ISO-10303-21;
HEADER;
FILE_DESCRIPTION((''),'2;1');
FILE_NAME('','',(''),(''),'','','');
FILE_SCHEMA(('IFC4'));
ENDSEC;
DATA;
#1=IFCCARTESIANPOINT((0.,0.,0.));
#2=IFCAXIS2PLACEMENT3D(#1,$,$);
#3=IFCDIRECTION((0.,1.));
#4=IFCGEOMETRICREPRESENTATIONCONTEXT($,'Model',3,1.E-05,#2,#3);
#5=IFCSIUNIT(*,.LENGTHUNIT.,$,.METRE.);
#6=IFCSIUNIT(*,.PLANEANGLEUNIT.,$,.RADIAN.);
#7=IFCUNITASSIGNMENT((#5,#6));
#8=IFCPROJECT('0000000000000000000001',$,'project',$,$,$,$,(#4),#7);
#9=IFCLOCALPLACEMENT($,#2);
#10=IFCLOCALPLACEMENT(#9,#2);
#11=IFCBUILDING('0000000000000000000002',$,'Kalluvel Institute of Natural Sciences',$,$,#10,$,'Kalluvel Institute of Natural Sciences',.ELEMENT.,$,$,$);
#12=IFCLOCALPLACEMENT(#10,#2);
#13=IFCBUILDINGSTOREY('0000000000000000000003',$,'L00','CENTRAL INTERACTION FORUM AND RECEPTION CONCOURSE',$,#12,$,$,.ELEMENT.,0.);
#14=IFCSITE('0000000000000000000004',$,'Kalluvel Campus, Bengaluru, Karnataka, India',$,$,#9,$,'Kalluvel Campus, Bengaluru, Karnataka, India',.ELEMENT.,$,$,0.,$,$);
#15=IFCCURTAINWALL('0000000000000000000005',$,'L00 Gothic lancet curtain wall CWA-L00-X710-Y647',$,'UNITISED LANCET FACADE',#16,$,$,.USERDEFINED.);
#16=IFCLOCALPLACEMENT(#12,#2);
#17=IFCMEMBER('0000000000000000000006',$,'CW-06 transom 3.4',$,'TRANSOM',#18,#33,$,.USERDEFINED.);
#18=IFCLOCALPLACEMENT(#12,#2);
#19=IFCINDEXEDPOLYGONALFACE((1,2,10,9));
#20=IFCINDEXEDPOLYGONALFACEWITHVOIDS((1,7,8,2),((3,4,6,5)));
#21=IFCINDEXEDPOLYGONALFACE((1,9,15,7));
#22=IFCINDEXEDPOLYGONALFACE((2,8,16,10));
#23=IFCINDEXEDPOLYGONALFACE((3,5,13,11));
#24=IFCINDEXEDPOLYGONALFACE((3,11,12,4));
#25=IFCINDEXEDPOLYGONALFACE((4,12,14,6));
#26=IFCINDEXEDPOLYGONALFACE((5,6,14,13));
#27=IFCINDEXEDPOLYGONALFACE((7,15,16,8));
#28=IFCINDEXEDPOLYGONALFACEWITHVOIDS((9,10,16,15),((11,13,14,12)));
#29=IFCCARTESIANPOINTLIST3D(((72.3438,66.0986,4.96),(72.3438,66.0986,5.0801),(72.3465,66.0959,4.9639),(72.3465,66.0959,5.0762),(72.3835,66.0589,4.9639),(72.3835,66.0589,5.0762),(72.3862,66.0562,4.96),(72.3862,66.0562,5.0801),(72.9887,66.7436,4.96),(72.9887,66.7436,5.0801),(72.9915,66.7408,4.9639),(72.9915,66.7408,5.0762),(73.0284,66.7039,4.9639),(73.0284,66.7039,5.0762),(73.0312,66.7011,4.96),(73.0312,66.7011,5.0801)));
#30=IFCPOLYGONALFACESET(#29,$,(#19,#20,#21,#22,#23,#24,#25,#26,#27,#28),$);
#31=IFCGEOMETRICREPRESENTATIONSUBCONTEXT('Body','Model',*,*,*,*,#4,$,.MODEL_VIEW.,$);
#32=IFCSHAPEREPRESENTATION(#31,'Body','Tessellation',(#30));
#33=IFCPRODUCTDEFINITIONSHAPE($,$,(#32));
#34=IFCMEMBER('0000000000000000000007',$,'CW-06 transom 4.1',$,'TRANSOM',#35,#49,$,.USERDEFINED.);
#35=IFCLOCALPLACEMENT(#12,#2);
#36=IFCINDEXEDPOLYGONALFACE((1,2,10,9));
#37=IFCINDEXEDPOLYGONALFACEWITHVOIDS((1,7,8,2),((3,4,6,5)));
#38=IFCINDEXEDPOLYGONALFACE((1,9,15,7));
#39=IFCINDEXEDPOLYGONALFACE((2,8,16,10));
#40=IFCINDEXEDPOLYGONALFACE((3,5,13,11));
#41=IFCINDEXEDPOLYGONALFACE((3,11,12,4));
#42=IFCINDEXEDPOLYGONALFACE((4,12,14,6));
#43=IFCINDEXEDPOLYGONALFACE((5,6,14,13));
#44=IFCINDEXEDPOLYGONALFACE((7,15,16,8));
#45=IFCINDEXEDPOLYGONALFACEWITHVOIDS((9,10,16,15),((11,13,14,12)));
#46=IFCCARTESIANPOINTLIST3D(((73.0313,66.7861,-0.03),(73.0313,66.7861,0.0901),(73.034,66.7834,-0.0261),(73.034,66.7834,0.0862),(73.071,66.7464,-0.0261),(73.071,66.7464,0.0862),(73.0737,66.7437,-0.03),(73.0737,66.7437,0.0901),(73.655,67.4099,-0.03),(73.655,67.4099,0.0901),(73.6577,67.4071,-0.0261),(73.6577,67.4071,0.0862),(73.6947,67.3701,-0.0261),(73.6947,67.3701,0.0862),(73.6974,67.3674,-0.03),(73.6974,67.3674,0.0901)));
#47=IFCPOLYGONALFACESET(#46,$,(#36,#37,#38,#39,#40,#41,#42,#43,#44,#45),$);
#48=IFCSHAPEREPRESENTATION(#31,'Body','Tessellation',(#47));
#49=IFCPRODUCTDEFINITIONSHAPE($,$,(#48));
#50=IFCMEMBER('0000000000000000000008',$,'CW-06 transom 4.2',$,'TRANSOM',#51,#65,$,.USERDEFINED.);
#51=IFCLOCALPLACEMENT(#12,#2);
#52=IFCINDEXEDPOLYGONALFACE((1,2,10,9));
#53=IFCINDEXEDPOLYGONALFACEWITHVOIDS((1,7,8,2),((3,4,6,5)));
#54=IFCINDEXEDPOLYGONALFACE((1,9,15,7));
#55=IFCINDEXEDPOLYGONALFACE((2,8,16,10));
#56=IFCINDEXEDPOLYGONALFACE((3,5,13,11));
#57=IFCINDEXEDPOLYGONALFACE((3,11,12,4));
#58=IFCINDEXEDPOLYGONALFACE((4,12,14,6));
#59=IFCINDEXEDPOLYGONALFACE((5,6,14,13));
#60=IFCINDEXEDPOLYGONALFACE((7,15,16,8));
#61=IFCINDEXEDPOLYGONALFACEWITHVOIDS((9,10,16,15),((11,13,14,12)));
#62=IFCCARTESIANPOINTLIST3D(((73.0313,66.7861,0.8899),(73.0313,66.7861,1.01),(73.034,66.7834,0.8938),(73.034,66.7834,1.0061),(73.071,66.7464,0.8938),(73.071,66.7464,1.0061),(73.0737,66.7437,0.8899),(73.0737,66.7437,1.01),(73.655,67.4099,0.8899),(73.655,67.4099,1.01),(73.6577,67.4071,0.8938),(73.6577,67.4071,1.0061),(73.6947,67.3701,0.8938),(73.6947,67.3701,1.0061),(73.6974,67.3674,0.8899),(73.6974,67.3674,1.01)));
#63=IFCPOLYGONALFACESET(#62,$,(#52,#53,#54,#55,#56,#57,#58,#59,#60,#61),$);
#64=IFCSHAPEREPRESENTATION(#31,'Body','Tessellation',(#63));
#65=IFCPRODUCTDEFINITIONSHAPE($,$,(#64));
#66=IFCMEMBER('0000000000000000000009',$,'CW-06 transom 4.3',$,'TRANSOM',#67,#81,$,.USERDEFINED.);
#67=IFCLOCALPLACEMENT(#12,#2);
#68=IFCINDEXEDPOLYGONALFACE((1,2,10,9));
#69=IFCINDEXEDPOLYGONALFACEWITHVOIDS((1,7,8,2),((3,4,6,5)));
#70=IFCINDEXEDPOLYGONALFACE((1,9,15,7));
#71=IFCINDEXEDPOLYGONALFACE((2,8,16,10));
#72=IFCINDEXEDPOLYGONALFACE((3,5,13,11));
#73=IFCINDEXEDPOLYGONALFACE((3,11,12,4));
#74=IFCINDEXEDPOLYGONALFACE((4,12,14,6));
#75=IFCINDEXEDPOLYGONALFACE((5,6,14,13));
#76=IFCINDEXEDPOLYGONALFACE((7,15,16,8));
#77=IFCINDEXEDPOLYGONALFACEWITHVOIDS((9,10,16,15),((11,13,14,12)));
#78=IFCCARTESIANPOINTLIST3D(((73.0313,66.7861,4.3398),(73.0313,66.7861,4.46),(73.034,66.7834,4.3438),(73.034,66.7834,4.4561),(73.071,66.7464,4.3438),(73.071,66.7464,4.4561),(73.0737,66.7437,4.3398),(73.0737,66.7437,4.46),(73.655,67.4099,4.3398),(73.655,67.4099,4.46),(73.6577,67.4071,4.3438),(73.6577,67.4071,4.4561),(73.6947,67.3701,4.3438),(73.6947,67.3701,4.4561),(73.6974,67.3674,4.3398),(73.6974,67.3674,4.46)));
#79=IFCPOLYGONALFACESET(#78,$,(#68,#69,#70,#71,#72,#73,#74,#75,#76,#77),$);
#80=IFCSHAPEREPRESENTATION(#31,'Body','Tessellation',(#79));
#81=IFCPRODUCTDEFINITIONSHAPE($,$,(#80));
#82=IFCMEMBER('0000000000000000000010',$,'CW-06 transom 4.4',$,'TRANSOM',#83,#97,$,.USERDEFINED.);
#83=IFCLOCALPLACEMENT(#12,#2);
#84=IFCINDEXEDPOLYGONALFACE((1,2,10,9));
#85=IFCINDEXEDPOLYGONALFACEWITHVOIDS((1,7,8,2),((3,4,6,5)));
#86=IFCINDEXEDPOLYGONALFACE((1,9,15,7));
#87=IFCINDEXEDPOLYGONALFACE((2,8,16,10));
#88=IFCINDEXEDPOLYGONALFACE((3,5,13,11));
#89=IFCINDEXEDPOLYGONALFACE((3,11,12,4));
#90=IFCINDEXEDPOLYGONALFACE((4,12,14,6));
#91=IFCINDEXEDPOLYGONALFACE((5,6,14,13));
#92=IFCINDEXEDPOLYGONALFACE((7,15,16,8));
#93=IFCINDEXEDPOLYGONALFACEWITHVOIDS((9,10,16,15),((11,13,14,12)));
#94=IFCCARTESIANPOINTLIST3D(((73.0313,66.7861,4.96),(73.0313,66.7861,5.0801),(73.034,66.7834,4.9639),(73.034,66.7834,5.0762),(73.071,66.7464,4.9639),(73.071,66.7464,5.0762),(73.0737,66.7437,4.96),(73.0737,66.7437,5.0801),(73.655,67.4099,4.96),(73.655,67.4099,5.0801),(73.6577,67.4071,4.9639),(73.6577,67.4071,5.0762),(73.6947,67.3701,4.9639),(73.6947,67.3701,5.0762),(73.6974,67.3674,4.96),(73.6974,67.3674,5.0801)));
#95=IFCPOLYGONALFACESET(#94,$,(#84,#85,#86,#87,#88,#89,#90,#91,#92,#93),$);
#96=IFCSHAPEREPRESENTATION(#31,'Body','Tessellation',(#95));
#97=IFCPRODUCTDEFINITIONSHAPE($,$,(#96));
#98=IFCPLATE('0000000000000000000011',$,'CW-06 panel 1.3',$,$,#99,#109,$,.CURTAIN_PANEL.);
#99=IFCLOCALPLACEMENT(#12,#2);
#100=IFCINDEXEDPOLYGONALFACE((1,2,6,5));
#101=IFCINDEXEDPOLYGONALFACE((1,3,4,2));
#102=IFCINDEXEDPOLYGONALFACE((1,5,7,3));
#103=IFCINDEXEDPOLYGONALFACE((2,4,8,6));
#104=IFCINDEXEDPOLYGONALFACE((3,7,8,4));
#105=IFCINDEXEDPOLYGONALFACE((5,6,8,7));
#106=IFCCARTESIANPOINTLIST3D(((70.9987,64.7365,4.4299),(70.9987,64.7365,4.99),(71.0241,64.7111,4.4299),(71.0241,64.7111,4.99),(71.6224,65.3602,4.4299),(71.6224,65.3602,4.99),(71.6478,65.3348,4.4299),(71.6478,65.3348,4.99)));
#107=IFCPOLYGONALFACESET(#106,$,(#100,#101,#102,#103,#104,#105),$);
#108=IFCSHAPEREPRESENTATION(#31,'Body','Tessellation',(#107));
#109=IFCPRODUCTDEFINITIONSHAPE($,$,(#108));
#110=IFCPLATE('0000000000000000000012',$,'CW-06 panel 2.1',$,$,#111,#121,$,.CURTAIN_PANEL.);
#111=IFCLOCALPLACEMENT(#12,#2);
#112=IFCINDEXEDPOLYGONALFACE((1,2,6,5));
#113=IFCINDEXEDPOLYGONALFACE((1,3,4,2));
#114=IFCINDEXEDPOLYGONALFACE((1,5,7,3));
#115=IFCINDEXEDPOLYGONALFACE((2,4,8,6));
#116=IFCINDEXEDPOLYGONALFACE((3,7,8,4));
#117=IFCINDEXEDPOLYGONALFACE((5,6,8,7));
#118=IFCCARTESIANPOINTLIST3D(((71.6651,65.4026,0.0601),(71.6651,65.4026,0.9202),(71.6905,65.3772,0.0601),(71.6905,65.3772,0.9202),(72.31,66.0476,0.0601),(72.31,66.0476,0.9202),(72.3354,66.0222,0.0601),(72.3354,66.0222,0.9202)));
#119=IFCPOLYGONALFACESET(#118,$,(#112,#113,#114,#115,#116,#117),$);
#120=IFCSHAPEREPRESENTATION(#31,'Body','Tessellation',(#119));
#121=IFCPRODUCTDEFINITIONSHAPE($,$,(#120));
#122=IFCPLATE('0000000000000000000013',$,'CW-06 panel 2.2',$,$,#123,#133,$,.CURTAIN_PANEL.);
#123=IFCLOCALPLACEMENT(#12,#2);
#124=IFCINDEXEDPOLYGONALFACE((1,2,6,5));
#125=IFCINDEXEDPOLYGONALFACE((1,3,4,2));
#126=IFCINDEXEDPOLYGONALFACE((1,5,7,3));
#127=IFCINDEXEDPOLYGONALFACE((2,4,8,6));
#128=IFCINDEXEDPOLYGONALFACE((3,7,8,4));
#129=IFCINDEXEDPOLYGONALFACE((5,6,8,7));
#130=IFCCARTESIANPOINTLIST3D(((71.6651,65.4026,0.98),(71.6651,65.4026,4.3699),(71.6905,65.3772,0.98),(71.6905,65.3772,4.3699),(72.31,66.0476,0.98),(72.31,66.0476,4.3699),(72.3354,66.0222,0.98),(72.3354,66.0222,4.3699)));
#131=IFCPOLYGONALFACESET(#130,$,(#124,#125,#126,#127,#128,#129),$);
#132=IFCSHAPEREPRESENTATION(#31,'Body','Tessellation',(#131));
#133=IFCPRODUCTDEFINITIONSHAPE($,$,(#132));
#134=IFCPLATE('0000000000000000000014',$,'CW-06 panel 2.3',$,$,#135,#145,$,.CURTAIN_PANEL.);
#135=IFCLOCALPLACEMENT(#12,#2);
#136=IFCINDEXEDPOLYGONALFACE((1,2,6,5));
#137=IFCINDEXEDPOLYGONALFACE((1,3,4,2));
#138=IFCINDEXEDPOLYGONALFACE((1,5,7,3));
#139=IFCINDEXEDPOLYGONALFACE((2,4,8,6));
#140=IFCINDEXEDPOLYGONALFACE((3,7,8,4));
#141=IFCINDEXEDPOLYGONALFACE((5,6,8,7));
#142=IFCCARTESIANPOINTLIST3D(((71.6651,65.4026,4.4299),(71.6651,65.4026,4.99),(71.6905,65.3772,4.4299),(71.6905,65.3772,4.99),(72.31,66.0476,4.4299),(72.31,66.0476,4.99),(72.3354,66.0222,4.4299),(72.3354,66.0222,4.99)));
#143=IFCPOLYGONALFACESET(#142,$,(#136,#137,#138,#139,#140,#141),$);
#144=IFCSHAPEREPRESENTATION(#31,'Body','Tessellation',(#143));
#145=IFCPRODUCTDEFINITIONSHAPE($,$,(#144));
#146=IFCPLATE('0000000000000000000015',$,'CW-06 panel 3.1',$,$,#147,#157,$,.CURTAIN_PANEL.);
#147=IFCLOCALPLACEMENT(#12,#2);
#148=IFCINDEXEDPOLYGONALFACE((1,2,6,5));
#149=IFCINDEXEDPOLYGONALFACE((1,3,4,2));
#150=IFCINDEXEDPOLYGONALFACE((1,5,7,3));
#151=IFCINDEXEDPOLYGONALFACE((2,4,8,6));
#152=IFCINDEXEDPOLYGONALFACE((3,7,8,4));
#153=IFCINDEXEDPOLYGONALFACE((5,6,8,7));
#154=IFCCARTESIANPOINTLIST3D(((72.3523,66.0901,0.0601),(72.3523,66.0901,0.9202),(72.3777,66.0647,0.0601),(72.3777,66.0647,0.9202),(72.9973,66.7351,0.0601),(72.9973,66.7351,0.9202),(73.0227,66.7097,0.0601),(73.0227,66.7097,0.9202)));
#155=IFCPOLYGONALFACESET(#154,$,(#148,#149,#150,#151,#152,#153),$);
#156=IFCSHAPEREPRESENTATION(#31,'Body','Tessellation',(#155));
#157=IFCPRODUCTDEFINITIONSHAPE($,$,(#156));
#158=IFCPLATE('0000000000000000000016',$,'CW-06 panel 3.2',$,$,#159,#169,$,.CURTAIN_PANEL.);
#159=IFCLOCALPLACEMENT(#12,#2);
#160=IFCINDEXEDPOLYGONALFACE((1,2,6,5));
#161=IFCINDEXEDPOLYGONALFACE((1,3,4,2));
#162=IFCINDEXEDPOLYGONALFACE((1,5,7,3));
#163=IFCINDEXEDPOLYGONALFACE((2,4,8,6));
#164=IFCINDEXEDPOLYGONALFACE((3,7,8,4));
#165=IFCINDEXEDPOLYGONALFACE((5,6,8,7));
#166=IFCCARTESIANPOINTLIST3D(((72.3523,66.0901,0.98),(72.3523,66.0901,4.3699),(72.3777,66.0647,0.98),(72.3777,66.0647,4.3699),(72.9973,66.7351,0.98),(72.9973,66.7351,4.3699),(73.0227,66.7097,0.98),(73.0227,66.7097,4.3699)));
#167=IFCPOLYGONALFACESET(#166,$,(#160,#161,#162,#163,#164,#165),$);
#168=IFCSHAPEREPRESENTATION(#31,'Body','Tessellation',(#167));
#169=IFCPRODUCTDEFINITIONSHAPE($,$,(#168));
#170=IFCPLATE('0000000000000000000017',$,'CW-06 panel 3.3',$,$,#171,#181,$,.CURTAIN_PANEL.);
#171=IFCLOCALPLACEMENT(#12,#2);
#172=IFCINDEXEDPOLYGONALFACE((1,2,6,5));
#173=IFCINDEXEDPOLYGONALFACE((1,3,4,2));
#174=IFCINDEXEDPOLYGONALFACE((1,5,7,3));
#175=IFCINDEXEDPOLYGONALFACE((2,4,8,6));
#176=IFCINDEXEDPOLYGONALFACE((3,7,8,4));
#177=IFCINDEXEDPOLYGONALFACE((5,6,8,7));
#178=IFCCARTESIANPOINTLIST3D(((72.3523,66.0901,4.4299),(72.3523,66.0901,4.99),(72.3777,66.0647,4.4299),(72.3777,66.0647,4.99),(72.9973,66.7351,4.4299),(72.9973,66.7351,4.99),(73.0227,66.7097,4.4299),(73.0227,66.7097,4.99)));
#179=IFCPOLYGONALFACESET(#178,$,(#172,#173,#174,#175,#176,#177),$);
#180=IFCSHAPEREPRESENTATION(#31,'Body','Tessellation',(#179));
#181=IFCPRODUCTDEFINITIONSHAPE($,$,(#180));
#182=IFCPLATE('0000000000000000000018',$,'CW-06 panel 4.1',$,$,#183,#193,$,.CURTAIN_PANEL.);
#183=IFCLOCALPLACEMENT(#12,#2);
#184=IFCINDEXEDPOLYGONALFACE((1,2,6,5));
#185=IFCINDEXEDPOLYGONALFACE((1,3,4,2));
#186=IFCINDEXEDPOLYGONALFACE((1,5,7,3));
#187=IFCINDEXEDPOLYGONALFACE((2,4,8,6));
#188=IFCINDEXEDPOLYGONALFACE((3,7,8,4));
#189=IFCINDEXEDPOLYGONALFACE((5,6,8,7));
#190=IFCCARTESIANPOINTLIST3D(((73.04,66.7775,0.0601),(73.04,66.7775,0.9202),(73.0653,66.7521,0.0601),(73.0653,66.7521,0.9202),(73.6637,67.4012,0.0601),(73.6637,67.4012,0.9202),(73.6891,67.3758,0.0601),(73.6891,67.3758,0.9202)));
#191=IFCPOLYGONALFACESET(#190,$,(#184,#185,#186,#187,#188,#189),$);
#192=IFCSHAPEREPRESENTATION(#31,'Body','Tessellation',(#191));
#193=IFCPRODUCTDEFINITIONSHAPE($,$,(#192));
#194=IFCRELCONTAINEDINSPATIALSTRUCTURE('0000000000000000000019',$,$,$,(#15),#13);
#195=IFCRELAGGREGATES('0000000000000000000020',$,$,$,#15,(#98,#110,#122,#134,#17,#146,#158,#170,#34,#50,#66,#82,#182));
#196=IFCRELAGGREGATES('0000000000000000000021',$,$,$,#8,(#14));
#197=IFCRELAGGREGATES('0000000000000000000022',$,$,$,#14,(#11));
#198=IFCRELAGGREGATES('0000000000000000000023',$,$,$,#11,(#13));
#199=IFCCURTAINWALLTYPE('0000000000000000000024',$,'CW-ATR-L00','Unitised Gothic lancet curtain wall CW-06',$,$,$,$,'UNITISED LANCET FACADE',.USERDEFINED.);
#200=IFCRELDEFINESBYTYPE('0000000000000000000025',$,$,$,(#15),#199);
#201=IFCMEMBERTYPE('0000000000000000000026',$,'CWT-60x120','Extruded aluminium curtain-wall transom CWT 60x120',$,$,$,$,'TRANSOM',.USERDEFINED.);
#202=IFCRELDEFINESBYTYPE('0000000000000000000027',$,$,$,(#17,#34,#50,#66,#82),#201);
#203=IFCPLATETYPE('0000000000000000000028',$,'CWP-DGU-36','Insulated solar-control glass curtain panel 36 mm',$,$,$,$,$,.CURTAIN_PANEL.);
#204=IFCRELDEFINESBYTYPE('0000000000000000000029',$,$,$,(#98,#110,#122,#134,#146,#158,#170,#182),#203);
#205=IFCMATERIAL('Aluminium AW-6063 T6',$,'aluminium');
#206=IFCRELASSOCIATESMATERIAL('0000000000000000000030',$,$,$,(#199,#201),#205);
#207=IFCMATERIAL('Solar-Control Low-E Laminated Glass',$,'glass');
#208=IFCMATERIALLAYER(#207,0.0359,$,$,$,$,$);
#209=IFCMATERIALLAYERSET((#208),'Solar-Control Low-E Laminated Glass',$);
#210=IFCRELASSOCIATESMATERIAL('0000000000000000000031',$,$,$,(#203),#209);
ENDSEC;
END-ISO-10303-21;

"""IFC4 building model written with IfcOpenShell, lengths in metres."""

from ifc_helpers import new_model, si_unit, direction, frame, origin, origin_2d, place, context, subcontext, project, spatial, rectangle, hollow_rectangle, extrude, material, layer, layer_set, material_profile, profile_set, type_object, element, aggregate, save


model = new_model("IFC4")

# Units and contexts
model_context = context("Model", 3, precision=1e-05, world=origin(), true_north=direction((0.0, 1.0)))
body_context = subcontext(model_context, "Body", "Model", "MODEL_VIEW")
ifc_project = project(units=[si_unit("LENGTHUNIT", "METRE"), si_unit("PLANEANGLEUNIT", "RADIAN")], contexts=[model_context])

# Site, building, storey
site_placement = place(None, origin())
site = spatial("IfcSite", under=ifc_project, at=site_placement, Name="Kalluvel Campus, Bengaluru, Karnataka, India", LongName="Kalluvel Campus, Bengaluru, Karnataka, India", CompositionType="ELEMENT", RefElevation=0.0)
building_placement = place(site_placement, origin())
building = spatial("IfcBuilding", under=site, at=building_placement, Name="Kalluvel Institute of Natural Sciences", LongName="Kalluvel Institute of Natural Sciences", CompositionType="ELEMENT")
storey_placement = place(building_placement, origin())
storey = spatial("IfcBuildingStorey", under=building, at=storey_placement, Name="L00", Description="CENTRAL INTERACTION FORUM AND RECEPTION CONCOURSE", CompositionType="ELEMENT", Elevation=0.0)

# Curtain wall, members, plates
ifc_material_1 = material(Name="Aluminium AW-6063 T6", Category="aluminium")
curtain_wall_type = type_object("IfcCurtainWallType", Name="CW-ATR-L00", Description="Unitised Gothic lancet curtain wall CW-06", ElementType="UNITISED LANCET FACADE", PredefinedType="USERDEFINED", material=ifc_material_1)
curtain_wall_placement = place(storey_placement, origin())
curtain_wall = element("IfcCurtainWall", 1, at=curtain_wall_placement, inside=storey, type_object=curtain_wall_type, Name="L00 Gothic lancet curtain wall CWA-L00-X710-Y647", ObjectType="UNITISED LANCET FACADE", PredefinedType="USERDEFINED")
ifc_material_profile_1 = material_profile(ifc_material_1, hollow_rectangle(XDim=0.0601, YDim=0.1201, WallThickness=0.0039, at=origin_2d()), Name="CWT 60x120")
ifc_profile_set_1 = profile_set([ifc_material_profile_1], Name="Aluminium AW-6063 T6")
member_type_1 = type_object("IfcMemberType", Name="CWT-60x120", Description="Extruded aluminium curtain-wall transom CWT 60x120", ElementType="TRANSOM", PredefinedType="USERDEFINED", material=ifc_profile_set_1)
member_1_placement = place(storey_placement, frame((72.365, 66.0774, 5.02), z_axis=(0.707107, 0.707107, 0.0), x_axis=(-0.707107, 0.707107, 0.0)))
member_1 = element("IfcMember", 2, at=member_1_placement, type_object=member_type_1, Name="CW-06 transom 3.4", ObjectType="TRANSOM", PredefinedType="USERDEFINED", context=body_context, shape_type="SweptSolid", body=[
    extrude(hollow_rectangle(XDim=0.0601, YDim=0.1201, WallThickness=0.0039, at=origin_2d()), origin(), (0.0, 0.0, 1.0), 0.9121),
])
member_2_placement = place(storey_placement, frame((73.0525, 66.7649, 0.03), z_axis=(0.707107, 0.707107, 0.0), x_axis=(-0.707107, 0.707107, 0.0)))
member_2 = element("IfcMember", 3, at=member_2_placement, type_object=member_type_1, Name="CW-06 transom 4.1", ObjectType="TRANSOM", PredefinedType="USERDEFINED", context=body_context, shape_type="SweptSolid", body=[
    extrude(hollow_rectangle(XDim=0.0601, YDim=0.1201, WallThickness=0.0039, at=origin_2d()), origin(), (0.0, 0.0, 1.0), 0.8821),
])
member_3_placement = place(storey_placement, frame((73.0525, 66.7649, 0.95), z_axis=(0.707107, 0.707107, 0.0), x_axis=(-0.707107, 0.707107, 0.0)))
member_3 = element("IfcMember", 4, at=member_3_placement, type_object=member_type_1, Name="CW-06 transom 4.2", ObjectType="TRANSOM", PredefinedType="USERDEFINED", context=body_context, shape_type="SweptSolid", body=[
    extrude(hollow_rectangle(XDim=0.0601, YDim=0.1201, WallThickness=0.0039, at=origin_2d()), origin(), (0.0, 0.0, 1.0), 0.8821),
])
member_4_placement = place(storey_placement, frame((73.0525, 66.7649, 4.3999), z_axis=(0.707107, 0.707107, 0.0), x_axis=(-0.707107, 0.707107, 0.0)))
member_4 = element("IfcMember", 5, at=member_4_placement, type_object=member_type_1, Name="CW-06 transom 4.3", ObjectType="TRANSOM", PredefinedType="USERDEFINED", context=body_context, shape_type="SweptSolid", body=[
    extrude(hollow_rectangle(XDim=0.0601, YDim=0.1201, WallThickness=0.0039, at=origin_2d()), origin(), (0.0, 0.0, 1.0), 0.8821),
])
member_5_placement = place(storey_placement, frame((73.0525, 66.7649, 5.02), z_axis=(0.707107, 0.707107, 0.0), x_axis=(-0.707107, 0.707107, 0.0)))
member_5 = element("IfcMember", 6, at=member_5_placement, type_object=member_type_1, Name="CW-06 transom 4.4", ObjectType="TRANSOM", PredefinedType="USERDEFINED", context=body_context, shape_type="SweptSolid", body=[
    extrude(hollow_rectangle(XDim=0.0601, YDim=0.1201, WallThickness=0.0039, at=origin_2d()), origin(), (0.0, 0.0, 1.0), 0.8821),
])
ifc_material_2 = material(Name="Solar-Control Low-E Laminated Glass", Category="glass")
ifc_layer = layer(ifc_material_2, 0.0359)
ifc_layer_set = layer_set([ifc_layer], Name="Solar-Control Low-E Laminated Glass")
plate_type = type_object("IfcPlateType", Name="CWP-DGU-36", Description="Insulated solar-control glass curtain panel 36 mm", PredefinedType="CURTAIN_PANEL", material=ifc_layer_set)
plate_1_placement = place(storey_placement, frame((71.3232, 65.0356, 4.4299), z_axis=(0.0, 0.0, 1.0), x_axis=(0.707107, 0.707107, 0.0)))
plate_1 = element("IfcPlate", 7, at=plate_1_placement, type_object=plate_type, Name="CW-06 panel 1.3", PredefinedType="CURTAIN_PANEL", context=body_context, shape_type="SweptSolid", body=[
    extrude(rectangle(XDim=0.8821, YDim=0.0359, at=origin_2d()), origin(), (0.0, 0.0, 1.0), 0.5601),
])
plate_2_placement = place(storey_placement, frame((72.0002, 65.7124, 0.0601), z_axis=(0.0, 0.0, 1.0), x_axis=(0.707107, 0.707107, 0.0)))
plate_2 = element("IfcPlate", 8, at=plate_2_placement, type_object=plate_type, Name="CW-06 panel 2.1", PredefinedType="CURTAIN_PANEL", context=body_context, shape_type="SweptSolid", body=[
    extrude(rectangle(XDim=0.9121, YDim=0.0359, at=origin_2d()), origin(), (0.0, 0.0, 1.0), 0.8601),
])
plate_3_placement = place(storey_placement, frame((72.0002, 65.7124, 0.98), z_axis=(0.0, 0.0, 1.0), x_axis=(0.707107, 0.707107, 0.0)))
plate_3 = element("IfcPlate", 9, at=plate_3_placement, type_object=plate_type, Name="CW-06 panel 2.2", PredefinedType="CURTAIN_PANEL", context=body_context, shape_type="SweptSolid", body=[
    extrude(rectangle(XDim=0.9121, YDim=0.0359, at=origin_2d()), origin(), (0.0, 0.0, 1.0), 3.3899),
])
plate_4_placement = place(storey_placement, frame((72.0002, 65.7124, 4.4299), z_axis=(0.0, 0.0, 1.0), x_axis=(0.707107, 0.707107, 0.0)))
plate_4 = element("IfcPlate", 10, at=plate_4_placement, type_object=plate_type, Name="CW-06 panel 2.3", PredefinedType="CURTAIN_PANEL", context=body_context, shape_type="SweptSolid", body=[
    extrude(rectangle(XDim=0.9121, YDim=0.0359, at=origin_2d()), origin(), (0.0, 0.0, 1.0), 0.5601),
])
plate_5_placement = place(storey_placement, frame((72.6875, 66.3999, 0.0601), z_axis=(0.0, 0.0, 1.0), x_axis=(0.707107, 0.707107, 0.0)))
plate_5 = element("IfcPlate", 11, at=plate_5_placement, type_object=plate_type, Name="CW-06 panel 3.1", PredefinedType="CURTAIN_PANEL", context=body_context, shape_type="SweptSolid", body=[
    extrude(rectangle(XDim=0.9121, YDim=0.0359, at=origin_2d()), origin(), (0.0, 0.0, 1.0), 0.8601),
])
plate_6_placement = place(storey_placement, frame((72.6875, 66.3999, 0.98), z_axis=(0.0, 0.0, 1.0), x_axis=(0.707107, 0.707107, 0.0)))
plate_6 = element("IfcPlate", 12, at=plate_6_placement, type_object=plate_type, Name="CW-06 panel 3.2", PredefinedType="CURTAIN_PANEL", context=body_context, shape_type="SweptSolid", body=[
    extrude(rectangle(XDim=0.9121, YDim=0.0359, at=origin_2d()), origin(), (0.0, 0.0, 1.0), 3.3899),
])
plate_7_placement = place(storey_placement, frame((72.6875, 66.3999, 4.4299), z_axis=(0.0, 0.0, 1.0), x_axis=(0.707107, 0.707107, 0.0)))
plate_7 = element("IfcPlate", 13, at=plate_7_placement, type_object=plate_type, Name="CW-06 panel 3.3", PredefinedType="CURTAIN_PANEL", context=body_context, shape_type="SweptSolid", body=[
    extrude(rectangle(XDim=0.9121, YDim=0.0359, at=origin_2d()), origin(), (0.0, 0.0, 1.0), 0.5601),
])
plate_8_placement = place(storey_placement, frame((73.3645, 67.0767, 0.0601), z_axis=(0.0, 0.0, 1.0), x_axis=(0.707107, 0.707107, 0.0)))
plate_8 = element("IfcPlate", 14, at=plate_8_placement, type_object=plate_type, Name="CW-06 panel 4.1", PredefinedType="CURTAIN_PANEL", context=body_context, shape_type="SweptSolid", body=[
    extrude(rectangle(XDim=0.8821, YDim=0.0359, at=origin_2d()), origin(), (0.0, 0.0, 1.0), 0.8601),
])
aggregate(curtain_wall, [plate_1, plate_2, plate_3, plate_4, member_1, plate_5, plate_6, plate_7, member_2, member_3, member_4, member_5, plate_8])

save(model, "model.ifc")
